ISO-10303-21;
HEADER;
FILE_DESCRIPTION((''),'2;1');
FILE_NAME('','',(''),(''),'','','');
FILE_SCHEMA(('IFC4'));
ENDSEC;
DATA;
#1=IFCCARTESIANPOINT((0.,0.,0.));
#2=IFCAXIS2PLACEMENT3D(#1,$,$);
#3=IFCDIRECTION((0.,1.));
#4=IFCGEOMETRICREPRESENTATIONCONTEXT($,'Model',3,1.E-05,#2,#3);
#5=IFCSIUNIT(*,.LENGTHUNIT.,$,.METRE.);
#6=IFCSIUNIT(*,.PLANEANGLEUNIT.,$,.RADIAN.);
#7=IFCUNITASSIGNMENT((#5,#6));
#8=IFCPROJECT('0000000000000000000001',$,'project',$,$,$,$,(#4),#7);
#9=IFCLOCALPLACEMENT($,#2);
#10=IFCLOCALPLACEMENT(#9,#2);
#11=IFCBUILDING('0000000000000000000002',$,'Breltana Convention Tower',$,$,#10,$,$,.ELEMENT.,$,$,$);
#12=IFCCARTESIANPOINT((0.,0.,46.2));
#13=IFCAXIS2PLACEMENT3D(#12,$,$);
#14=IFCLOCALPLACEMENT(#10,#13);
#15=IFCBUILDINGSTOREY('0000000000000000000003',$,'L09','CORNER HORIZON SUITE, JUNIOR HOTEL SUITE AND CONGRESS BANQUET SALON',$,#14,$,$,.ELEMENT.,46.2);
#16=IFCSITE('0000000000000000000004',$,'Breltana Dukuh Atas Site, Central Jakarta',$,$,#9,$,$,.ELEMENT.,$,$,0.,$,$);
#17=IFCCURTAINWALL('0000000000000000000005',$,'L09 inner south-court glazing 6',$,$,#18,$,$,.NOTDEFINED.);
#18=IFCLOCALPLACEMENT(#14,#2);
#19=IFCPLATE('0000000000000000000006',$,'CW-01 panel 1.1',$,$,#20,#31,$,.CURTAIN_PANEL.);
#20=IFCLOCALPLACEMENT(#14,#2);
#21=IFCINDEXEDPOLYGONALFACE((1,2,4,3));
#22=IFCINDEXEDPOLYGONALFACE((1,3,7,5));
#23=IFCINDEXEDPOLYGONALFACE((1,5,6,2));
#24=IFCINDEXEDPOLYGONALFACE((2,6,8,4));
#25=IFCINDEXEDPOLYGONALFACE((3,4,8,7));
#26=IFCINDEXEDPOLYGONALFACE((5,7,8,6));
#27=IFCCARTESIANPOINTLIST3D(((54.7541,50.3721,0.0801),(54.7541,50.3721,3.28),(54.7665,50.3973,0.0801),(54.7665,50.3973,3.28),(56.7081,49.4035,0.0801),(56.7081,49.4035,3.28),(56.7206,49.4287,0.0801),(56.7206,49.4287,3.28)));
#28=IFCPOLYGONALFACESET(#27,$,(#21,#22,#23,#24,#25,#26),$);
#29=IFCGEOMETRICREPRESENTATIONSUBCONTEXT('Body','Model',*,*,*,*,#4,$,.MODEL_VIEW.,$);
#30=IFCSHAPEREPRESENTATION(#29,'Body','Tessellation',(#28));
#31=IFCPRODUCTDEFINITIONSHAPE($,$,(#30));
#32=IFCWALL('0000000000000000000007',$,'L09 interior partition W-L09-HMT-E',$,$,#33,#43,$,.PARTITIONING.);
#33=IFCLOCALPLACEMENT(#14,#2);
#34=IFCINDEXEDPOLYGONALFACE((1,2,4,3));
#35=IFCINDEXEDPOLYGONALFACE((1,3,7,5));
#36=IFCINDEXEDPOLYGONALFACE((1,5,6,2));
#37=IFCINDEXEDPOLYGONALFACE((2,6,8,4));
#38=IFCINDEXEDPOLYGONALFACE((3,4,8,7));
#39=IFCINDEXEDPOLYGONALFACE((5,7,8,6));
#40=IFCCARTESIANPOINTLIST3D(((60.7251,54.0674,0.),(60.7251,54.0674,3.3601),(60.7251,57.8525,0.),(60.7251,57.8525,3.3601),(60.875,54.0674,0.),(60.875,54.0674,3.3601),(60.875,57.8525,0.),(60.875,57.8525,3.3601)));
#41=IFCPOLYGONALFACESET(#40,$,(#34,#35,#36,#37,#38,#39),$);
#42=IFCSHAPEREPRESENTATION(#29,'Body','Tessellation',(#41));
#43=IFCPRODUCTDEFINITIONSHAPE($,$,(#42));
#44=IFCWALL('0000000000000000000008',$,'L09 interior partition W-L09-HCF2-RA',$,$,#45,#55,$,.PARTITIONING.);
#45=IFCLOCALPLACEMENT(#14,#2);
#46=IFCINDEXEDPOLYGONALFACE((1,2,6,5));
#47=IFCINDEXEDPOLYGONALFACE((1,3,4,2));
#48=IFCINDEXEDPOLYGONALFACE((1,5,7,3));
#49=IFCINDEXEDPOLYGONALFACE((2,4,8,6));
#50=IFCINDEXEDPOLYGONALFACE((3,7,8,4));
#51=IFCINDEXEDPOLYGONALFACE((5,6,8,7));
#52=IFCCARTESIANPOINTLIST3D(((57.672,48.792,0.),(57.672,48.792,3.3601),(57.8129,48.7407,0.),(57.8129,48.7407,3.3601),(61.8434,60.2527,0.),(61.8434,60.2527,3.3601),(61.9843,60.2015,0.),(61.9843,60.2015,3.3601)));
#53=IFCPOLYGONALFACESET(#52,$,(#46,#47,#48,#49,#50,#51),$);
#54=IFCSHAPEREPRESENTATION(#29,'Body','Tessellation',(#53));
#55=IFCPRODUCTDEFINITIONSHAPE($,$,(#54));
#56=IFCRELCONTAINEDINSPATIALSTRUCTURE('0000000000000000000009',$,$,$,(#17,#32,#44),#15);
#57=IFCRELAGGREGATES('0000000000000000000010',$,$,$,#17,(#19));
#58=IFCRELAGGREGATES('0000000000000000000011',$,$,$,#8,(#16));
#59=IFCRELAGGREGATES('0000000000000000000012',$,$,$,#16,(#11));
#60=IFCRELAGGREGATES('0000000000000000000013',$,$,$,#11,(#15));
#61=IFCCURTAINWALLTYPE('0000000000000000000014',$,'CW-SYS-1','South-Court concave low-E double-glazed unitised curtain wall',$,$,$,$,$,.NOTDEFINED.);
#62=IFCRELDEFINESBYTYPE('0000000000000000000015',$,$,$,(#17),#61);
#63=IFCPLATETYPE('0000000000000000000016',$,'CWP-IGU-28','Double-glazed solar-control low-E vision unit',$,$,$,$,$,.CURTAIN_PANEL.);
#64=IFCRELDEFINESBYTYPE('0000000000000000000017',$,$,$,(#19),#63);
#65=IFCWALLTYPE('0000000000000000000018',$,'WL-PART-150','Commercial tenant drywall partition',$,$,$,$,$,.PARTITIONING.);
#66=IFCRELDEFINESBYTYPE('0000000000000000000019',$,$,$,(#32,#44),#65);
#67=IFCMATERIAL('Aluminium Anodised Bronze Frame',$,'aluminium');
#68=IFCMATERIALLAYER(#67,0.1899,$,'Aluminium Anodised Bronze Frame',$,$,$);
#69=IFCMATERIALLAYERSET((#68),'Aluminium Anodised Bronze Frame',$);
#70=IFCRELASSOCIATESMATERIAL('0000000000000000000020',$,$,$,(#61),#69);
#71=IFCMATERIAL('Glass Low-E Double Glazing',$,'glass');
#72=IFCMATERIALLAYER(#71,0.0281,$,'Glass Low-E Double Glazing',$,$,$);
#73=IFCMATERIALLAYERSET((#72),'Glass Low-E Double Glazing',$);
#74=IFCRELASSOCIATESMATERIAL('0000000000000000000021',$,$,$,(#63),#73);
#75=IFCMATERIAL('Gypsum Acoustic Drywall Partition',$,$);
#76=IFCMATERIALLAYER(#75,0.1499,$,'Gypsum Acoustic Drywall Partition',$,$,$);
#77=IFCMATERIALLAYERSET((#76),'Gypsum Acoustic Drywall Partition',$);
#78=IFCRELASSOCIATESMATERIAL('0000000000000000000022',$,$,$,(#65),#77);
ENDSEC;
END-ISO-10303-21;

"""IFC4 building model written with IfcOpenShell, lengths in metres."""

from ifc_helpers import new_model, si_unit, direction, frame, frame_2d, origin, origin_2d, place, context, subcontext, project, spatial, rectangle, extrude, source, transform, mapped, material, layer, layer_set, type_object, element, aggregate, save


model = new_model("IFC4")

# Units and contexts
model_context = context("Model", 3, precision=1e-05, world=origin(), true_north=direction((0.0, 1.0)))
body_context = subcontext(model_context, "Body", "Model", "MODEL_VIEW")
ifc_project = project(units=[si_unit("LENGTHUNIT", "METRE"), si_unit("PLANEANGLEUNIT", "RADIAN")], contexts=[model_context])

# Site, building, storey
site_placement = place(None, origin())
site = spatial("IfcSite", under=ifc_project, at=site_placement, Name="Breltana Dukuh Atas Site, Central Jakarta", CompositionType="ELEMENT", RefElevation=0.0)
building_placement = place(site_placement, origin())
building = spatial("IfcBuilding", under=site, at=building_placement, Name="Breltana Convention Tower", CompositionType="ELEMENT")
storey_placement = place(building_placement, frame((0.0, 0.0, 46.2)))
storey = spatial("IfcBuildingStorey", under=building, at=storey_placement, Name="L09", Description="CORNER HORIZON SUITE, JUNIOR HOTEL SUITE AND CONGRESS BANQUET SALON", CompositionType="ELEMENT", Elevation=46.2)

# Curtain wall
ifc_material_1 = material(Name="Aluminium Anodised Bronze Frame", Category="aluminium")
ifc_layer_1 = layer(ifc_material_1, 0.1899, Name="Aluminium Anodised Bronze Frame")
ifc_layer_set_1 = layer_set([ifc_layer_1], Name="Aluminium Anodised Bronze Frame")
curtain_wall_type = type_object("IfcCurtainWallType", Name="CW-SYS-1", Description="South-Court concave low-E double-glazed unitised curtain wall", PredefinedType="NOTDEFINED", material=ifc_layer_set_1)
curtain_wall_1_placement = place(storey_placement, origin())
curtain_wall_1 = element("IfcCurtainWall", 1, at=curtain_wall_1_placement, inside=storey, type_object=curtain_wall_type, Name="L09 inner south-court glazing 6", PredefinedType="NOTDEFINED")

# Plate
ifc_material_2 = material(Name="Glass Low-E Double Glazing", Category="glass")
ifc_layer_2 = layer(ifc_material_2, 0.0281, Name="Glass Low-E Double Glazing")
ifc_layer_set_2 = layer_set([ifc_layer_2], Name="Glass Low-E Double Glazing")
plate_type = type_object("IfcPlateType", Name="CWP-IGU-28", Description="Double-glazed solar-control low-E vision unit", PredefinedType="CURTAIN_PANEL", material=ifc_layer_set_2)
shared_shape_1 = source(origin(), body_context, "Body", "SweptSolid", [
    extrude(rectangle(XDim=2.1809, YDim=0.0281, at=origin_2d()), origin(), (0.0, 0.0, 1.0), 3.2),
])
plate_1_placement = place(storey_placement, frame((55.7373, 49.9004, 0.0801), z_axis=(0.0, 0.0, 1.0), x_axis=(-0.895968, 0.444118, 0.0)))
plate_1 = element("IfcPlate", 2, at=plate_1_placement, type_object=plate_type, Name="CW-01 panel 1.1", PredefinedType="CURTAIN_PANEL", context=body_context, shape_type="MappedRepresentation", body=[
    mapped(shared_shape_1, transform((0.0, 0.0, 0.0), scale=1.0)),
])
aggregate(curtain_wall_1, [plate_1])

# Walls
ifc_material_3 = material(Name="Gypsum Acoustic Drywall Partition")
ifc_layer_3 = layer(ifc_material_3, 0.1499, Name="Gypsum Acoustic Drywall Partition")
ifc_layer_set_3 = layer_set([ifc_layer_3], Name="Gypsum Acoustic Drywall Partition")
wall_type = type_object("IfcWallType", Name="WL-PART-150", Description="Commercial tenant drywall partition", PredefinedType="PARTITIONING", material=ifc_layer_set_3)
shared_shape_2 = source(origin(), body_context, "Body", "SweptSolid", [
    extrude(rectangle(XDim=3.7852, YDim=0.1499, at=frame_2d((1.8926, 0.0))), origin(), (0.0, 0.0, 1.0), 3.3601),
])
wall_1_placement = place(storey_placement, frame((60.8, 54.0674, 0.0), z_axis=(0.0, 0.0, 1.0), x_axis=(0.0, 1.0, 0.0)))
element("IfcWall", 3, at=wall_1_placement, inside=storey, type_object=wall_type, Name="L09 interior partition W-L09-HMT-E", PredefinedType="PARTITIONING", context=body_context, shape_type="MappedRepresentation", body=[
    mapped(shared_shape_2, transform((0.0, 0.0, 0.0), scale=1.0)),
])
shared_shape_3 = source(origin(), body_context, "Body", "SweptSolid", [
    extrude(rectangle(XDim=12.1963, YDim=0.1499, at=frame_2d((6.0981, 0.0))), origin(), (0.0, 0.0, 1.0), 3.3601),
])
wall_2_placement = place(storey_placement, frame((57.7424, 48.7664, 0.0), z_axis=(0.0, 0.0, 1.0), x_axis=(0.342023, 0.939692, 0.0)))
element("IfcWall", 4, at=wall_2_placement, inside=storey, type_object=wall_type, Name="L09 interior partition W-L09-HCF2-RA", PredefinedType="PARTITIONING", context=body_context, shape_type="MappedRepresentation", body=[
    mapped(shared_shape_3, transform((0.0, 0.0, 0.0), scale=1.0)),
])

save(model, "model.ifc")
